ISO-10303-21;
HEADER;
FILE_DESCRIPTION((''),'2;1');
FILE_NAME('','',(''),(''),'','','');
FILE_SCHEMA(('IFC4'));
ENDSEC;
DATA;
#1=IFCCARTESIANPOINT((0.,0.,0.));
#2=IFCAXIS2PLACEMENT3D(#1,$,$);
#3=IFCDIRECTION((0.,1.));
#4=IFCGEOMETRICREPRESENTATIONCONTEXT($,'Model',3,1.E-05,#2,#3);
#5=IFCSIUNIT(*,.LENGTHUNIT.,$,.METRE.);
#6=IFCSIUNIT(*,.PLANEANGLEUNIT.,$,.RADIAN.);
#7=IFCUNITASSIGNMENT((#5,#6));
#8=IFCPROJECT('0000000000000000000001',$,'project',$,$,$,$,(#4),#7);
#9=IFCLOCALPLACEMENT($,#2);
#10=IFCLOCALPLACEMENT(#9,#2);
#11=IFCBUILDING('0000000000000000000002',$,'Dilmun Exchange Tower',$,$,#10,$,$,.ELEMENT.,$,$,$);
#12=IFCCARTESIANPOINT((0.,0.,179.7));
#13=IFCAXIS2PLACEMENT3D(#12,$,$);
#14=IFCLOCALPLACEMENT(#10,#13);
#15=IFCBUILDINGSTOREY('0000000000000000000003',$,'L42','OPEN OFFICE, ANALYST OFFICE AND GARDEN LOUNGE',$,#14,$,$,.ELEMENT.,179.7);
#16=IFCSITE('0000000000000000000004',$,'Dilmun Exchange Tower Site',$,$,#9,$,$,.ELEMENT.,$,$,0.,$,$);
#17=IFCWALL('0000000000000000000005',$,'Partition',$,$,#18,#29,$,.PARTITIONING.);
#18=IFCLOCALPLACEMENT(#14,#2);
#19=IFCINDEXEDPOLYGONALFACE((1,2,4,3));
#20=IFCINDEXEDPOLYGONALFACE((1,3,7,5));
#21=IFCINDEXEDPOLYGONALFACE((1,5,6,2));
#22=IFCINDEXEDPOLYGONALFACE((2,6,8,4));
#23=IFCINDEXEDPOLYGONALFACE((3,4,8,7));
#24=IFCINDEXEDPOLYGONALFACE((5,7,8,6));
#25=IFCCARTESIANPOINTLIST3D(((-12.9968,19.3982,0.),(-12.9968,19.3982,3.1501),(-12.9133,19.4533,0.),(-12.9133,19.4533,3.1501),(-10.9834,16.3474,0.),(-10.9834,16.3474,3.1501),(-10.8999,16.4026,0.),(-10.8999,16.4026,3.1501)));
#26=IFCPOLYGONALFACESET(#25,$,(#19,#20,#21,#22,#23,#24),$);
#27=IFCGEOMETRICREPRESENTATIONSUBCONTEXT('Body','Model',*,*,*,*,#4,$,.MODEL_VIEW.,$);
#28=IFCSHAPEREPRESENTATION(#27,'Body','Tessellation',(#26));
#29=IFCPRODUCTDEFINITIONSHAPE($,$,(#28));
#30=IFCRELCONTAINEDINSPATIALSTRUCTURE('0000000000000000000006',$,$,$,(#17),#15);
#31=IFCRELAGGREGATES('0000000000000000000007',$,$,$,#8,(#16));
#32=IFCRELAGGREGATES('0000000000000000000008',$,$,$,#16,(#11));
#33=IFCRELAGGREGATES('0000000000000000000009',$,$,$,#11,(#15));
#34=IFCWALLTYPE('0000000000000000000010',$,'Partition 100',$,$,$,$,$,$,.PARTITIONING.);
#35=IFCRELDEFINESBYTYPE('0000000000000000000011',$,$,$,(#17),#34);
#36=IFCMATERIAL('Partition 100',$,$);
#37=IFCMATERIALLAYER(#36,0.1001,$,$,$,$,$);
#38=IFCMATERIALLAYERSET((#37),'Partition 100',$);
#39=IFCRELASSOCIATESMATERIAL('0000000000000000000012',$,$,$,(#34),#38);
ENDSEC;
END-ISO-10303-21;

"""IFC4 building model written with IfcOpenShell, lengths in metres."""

from ifc_helpers import new_model, si_unit, direction, frame, frame_2d, origin, place, context, subcontext, project, spatial, rectangle, extrude, material, layer, layer_set, type_object, element, save


model = new_model("IFC4")

# Units and contexts
model_context = context("Model", 3, precision=1e-05, world=origin(), true_north=direction((0.0, 1.0)))
body_context = subcontext(model_context, "Body", "Model", "MODEL_VIEW")
ifc_project = project(units=[si_unit("LENGTHUNIT", "METRE"), si_unit("PLANEANGLEUNIT", "RADIAN")], contexts=[model_context])

# Site, building, storey
site_placement = place(None, origin())
site = spatial("IfcSite", under=ifc_project, at=site_placement, Name="Dilmun Exchange Tower Site", CompositionType="ELEMENT", RefElevation=0.0)
building_placement = place(site_placement, origin())
building = spatial("IfcBuilding", under=site, at=building_placement, Name="Dilmun Exchange Tower", CompositionType="ELEMENT")
storey_placement = place(building_placement, frame((0.0, 0.0, 179.7)))
storey = spatial("IfcBuildingStorey", under=building, at=storey_placement, Name="L42", Description="OPEN OFFICE, ANALYST OFFICE AND GARDEN LOUNGE", CompositionType="ELEMENT", Elevation=179.7)

# Wall
ifc_material_1 = material(Name="Partition 100")
ifc_layer_1 = layer(ifc_material_1, 0.1001)
ifc_layer_set_1 = layer_set([ifc_layer_1], Name="Partition 100")
wall_type_1 = type_object("IfcWallType", Name="Partition 100", PredefinedType="PARTITIONING", material=ifc_layer_set_1)
wall_1_placement = place(storey_placement, frame((-12.9551, 19.4258, 0.0), z_axis=(0.0, 0.0, 1.0), x_axis=(0.550825, -0.83462, 0.0)))
element("IfcWall", 1, at=wall_1_placement, inside=storey, type_object=wall_type_1, Name="Partition", PredefinedType="PARTITIONING", context=body_context, shape_type="SweptSolid", body=[
    extrude(rectangle(XDim=3.6553, YDim=0.1001, at=frame_2d((1.8276, 0.0))), origin(), (0.0, 0.0, 1.0), 3.1501),
])

save(model, "model.ifc")
